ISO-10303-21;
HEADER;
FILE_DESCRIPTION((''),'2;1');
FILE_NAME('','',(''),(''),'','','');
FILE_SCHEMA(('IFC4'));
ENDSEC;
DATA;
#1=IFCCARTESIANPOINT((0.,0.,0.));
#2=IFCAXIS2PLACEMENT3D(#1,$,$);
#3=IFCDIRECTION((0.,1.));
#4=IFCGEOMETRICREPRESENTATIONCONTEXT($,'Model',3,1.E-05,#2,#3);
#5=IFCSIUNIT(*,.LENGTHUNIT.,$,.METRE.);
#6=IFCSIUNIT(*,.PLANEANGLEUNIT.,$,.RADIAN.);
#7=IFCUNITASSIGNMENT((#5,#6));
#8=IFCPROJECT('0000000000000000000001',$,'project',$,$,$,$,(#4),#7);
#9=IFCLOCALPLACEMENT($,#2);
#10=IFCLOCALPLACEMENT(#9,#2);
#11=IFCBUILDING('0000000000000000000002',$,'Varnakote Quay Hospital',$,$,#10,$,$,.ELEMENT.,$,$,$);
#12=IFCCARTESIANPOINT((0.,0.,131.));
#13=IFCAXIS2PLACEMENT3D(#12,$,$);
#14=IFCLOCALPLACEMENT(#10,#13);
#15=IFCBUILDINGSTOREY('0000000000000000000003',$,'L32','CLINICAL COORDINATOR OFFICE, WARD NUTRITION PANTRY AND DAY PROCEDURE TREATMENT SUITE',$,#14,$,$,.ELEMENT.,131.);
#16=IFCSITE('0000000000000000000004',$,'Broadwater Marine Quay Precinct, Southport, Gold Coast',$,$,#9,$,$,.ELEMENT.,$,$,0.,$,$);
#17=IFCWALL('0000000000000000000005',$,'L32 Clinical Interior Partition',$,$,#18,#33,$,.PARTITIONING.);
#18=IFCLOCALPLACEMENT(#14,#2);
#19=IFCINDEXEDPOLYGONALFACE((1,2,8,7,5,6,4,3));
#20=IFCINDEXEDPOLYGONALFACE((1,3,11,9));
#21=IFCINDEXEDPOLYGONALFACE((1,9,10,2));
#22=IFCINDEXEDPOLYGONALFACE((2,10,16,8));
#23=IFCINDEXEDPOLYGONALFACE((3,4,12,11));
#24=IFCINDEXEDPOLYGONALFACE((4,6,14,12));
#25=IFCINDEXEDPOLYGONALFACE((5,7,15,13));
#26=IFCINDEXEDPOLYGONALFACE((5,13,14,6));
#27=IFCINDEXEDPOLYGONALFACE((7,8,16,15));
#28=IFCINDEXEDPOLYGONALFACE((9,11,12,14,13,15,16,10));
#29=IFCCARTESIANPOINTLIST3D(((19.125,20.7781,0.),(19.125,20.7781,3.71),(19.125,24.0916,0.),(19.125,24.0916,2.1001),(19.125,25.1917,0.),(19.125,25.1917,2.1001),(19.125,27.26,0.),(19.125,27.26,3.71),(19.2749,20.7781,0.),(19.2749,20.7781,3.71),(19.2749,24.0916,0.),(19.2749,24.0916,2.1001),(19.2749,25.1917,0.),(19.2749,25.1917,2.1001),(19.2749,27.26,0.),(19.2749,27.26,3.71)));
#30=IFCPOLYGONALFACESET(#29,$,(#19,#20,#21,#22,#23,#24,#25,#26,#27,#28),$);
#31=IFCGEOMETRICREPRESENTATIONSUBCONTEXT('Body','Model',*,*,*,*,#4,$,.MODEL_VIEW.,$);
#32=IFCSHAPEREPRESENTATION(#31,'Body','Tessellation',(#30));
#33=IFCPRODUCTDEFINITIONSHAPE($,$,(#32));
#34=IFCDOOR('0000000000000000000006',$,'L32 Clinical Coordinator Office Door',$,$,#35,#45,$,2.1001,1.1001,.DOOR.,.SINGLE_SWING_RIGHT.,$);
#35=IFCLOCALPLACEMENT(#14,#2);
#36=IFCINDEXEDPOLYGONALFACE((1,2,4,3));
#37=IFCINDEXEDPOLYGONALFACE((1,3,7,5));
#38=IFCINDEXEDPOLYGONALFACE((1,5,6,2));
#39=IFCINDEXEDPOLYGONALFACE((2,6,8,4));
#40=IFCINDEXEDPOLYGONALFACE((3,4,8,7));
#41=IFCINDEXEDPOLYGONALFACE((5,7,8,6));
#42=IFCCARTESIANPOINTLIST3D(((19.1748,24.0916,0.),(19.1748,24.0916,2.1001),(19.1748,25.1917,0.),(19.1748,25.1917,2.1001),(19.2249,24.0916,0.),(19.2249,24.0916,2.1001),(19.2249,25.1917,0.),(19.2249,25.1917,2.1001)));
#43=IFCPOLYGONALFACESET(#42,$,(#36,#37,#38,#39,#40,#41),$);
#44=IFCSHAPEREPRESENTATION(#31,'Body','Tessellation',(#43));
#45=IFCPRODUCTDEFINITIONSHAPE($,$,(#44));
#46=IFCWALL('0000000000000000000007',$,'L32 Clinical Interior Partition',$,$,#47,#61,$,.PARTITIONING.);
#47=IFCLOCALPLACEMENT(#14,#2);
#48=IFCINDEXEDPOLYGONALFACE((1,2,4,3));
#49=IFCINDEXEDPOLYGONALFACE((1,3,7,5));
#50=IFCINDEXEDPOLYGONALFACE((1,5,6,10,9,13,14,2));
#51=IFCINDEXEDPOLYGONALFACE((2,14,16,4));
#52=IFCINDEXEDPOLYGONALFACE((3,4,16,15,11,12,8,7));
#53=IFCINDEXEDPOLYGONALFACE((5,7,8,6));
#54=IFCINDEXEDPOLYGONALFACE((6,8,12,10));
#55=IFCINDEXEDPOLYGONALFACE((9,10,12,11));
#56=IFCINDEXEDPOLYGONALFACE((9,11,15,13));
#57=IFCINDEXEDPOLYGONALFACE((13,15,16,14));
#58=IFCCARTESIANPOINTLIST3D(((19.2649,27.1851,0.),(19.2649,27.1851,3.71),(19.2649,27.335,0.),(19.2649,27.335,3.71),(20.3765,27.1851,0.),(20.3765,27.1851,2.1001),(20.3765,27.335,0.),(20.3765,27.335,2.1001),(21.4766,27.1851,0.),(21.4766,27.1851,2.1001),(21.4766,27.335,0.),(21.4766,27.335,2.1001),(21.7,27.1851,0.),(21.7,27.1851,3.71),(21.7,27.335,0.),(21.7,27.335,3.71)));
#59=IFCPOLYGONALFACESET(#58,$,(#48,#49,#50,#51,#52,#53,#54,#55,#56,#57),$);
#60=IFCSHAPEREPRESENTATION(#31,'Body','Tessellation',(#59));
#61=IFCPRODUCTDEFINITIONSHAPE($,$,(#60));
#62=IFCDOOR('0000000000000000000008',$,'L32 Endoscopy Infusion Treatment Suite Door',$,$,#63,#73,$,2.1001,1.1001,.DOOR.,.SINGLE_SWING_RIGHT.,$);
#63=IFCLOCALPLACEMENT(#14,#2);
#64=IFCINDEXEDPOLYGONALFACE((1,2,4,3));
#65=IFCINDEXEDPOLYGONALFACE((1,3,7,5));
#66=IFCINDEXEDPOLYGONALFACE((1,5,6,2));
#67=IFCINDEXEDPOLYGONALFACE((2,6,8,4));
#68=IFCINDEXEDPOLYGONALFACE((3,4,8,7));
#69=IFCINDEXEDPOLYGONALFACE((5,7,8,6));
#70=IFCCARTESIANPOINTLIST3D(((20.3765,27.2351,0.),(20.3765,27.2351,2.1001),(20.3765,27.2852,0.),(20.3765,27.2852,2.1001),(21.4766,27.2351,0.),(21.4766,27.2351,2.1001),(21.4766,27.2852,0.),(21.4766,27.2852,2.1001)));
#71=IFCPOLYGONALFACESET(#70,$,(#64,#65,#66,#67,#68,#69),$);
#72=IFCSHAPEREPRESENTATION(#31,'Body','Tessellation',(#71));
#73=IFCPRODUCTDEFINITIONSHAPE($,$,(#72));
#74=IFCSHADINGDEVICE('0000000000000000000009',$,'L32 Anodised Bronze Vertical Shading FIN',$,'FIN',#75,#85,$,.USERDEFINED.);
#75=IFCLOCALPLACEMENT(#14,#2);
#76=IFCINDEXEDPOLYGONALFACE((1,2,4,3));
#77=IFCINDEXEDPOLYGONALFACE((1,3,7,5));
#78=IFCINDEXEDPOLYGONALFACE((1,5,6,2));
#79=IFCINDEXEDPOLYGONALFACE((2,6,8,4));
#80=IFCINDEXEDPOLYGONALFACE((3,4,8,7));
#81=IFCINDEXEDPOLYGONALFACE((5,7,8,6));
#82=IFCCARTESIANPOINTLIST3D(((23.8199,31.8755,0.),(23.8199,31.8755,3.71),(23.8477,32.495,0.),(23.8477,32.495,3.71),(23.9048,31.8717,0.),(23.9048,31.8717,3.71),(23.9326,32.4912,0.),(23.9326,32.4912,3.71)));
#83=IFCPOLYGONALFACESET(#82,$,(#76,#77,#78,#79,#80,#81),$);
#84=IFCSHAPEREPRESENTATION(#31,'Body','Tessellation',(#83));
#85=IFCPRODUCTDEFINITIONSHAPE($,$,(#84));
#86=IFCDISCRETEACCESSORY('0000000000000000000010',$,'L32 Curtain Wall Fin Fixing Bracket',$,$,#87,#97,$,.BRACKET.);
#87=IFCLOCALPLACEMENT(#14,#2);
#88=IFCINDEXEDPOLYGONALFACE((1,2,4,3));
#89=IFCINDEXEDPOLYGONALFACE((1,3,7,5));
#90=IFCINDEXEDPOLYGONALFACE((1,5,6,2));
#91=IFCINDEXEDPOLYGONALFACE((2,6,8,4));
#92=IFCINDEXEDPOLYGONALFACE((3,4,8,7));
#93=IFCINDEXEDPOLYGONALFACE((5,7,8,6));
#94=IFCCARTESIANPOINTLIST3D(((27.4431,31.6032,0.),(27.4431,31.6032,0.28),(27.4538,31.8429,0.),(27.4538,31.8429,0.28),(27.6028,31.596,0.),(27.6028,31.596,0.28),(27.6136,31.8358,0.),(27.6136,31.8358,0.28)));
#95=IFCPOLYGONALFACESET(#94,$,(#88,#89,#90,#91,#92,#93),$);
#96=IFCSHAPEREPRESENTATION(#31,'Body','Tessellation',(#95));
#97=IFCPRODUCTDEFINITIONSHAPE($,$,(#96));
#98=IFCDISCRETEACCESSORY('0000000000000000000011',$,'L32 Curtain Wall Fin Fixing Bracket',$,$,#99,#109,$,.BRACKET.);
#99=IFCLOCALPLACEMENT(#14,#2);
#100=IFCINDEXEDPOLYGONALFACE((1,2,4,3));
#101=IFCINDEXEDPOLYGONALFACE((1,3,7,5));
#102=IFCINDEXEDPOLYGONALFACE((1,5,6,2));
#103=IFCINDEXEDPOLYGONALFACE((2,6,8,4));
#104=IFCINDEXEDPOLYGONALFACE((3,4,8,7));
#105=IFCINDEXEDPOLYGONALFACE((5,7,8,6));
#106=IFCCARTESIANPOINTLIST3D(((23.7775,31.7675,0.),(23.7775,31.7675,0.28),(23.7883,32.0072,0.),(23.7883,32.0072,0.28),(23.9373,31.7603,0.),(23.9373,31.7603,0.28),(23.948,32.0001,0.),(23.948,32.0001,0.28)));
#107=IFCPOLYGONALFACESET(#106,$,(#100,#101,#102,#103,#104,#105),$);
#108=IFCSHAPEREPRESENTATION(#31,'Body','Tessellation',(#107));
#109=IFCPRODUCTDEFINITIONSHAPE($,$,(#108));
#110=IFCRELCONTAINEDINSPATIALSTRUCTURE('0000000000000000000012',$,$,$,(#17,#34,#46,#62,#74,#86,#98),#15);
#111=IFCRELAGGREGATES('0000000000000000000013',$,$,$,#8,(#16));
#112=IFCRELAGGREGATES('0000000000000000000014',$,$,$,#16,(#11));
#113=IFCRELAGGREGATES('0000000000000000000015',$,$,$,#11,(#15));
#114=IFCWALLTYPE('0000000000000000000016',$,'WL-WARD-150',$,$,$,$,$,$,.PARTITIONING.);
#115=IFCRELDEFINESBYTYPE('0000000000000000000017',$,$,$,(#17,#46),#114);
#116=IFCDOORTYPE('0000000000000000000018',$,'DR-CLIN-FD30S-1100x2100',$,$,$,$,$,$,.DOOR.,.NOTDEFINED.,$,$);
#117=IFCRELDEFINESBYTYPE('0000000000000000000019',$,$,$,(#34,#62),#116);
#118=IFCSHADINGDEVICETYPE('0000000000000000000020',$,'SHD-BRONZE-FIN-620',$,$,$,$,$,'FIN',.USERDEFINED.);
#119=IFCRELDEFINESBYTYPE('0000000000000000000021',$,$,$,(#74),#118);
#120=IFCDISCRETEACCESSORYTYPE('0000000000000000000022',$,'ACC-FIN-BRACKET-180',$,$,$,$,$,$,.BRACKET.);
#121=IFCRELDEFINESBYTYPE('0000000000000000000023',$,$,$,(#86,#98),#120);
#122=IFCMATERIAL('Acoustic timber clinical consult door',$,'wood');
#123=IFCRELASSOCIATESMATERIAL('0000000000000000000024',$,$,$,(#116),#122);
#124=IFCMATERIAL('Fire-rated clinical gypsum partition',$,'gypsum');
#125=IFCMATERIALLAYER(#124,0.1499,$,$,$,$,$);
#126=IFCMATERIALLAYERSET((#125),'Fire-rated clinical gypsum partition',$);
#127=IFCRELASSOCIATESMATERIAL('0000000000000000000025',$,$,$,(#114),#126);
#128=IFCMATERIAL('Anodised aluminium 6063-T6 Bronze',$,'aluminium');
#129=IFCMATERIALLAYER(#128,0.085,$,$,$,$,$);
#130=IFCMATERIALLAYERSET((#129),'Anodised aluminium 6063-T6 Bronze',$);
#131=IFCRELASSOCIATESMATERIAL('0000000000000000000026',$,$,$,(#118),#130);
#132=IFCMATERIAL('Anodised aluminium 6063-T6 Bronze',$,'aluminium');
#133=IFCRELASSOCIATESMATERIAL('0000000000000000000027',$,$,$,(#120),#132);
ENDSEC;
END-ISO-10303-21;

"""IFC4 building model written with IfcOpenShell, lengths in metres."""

from ifc_helpers import new_model, si_unit, direction, frame, frame_2d, origin, origin_2d, place, context, subcontext, project, spatial, rectangle, extrude, material, layer, layer_set, type_object, element, fill, save


model = new_model("IFC4")

# Units and contexts
model_context = context("Model", 3, precision=1e-05, world=origin(), true_north=direction((0.0, 1.0)))
body_context = subcontext(model_context, "Body", "Model", "MODEL_VIEW")
ifc_project = project(units=[si_unit("LENGTHUNIT", "METRE"), si_unit("PLANEANGLEUNIT", "RADIAN")], contexts=[model_context])

# Site, building, storey
site_placement = place(None, origin())
site = spatial("IfcSite", under=ifc_project, at=site_placement, Name="Broadwater Marine Quay Precinct, Southport, Gold Coast", CompositionType="ELEMENT", RefElevation=0.0)
building_placement = place(site_placement, origin())
building = spatial("IfcBuilding", under=site, at=building_placement, Name="Varnakote Quay Hospital", CompositionType="ELEMENT")
storey_placement = place(building_placement, frame((0.0, 0.0, 131.0)))
storey = spatial("IfcBuildingStorey", under=building, at=storey_placement, Name="L32", Description="CLINICAL COORDINATOR OFFICE, WARD NUTRITION PANTRY AND DAY PROCEDURE TREATMENT SUITE", CompositionType="ELEMENT", Elevation=131.0)

# Shared definitions
ifc_material_1 = material(Name="Acoustic timber clinical consult door", Category="wood")
door_type = type_object("IfcDoorType", Name="DR-CLIN-FD30S-1100x2100", OperationType="NOTDEFINED", PredefinedType="DOOR", material=ifc_material_1)

# Walls, openings, doors
ifc_material_2 = material(Name="Fire-rated clinical gypsum partition", Category="gypsum")
ifc_layer_1 = layer(ifc_material_2, 0.1499)
ifc_layer_set_1 = layer_set([ifc_layer_1], Name="Fire-rated clinical gypsum partition")
wall_type_1 = type_object("IfcWallType", Name="WL-WARD-150", PredefinedType="PARTITIONING", material=ifc_layer_set_1)
wall_1_placement = place(storey_placement, frame((19.2, 27.26, 0.0), z_axis=(0.0, 0.0, 1.0), x_axis=(0.0, -1.0, 0.0)))
wall_1 = element("IfcWall", 1, at=wall_1_placement, inside=storey, type_object=wall_type_1, Name="L32 Clinical Interior Partition", PredefinedType="PARTITIONING", context=body_context, shape_type="SweptSolid", body=[
    extrude(rectangle(XDim=6.4819, YDim=0.1499, at=frame_2d((3.241, 0.0))), origin(), (0.0, 0.0, 1.0), 3.71),
])
opening_1_placement = place(wall_1_placement, frame((2.0684, 0.0, 0.0)))
opening_1 = element("IfcOpeningElement", 2, at=opening_1_placement, cuts=wall_1, PredefinedType="OPENING", context=body_context, shape_type="SweptSolid", body=[
    extrude(rectangle(XDim=1.1001, YDim=2.1001, at=frame_2d((0.55, 1.05))), frame((0.0, 0.085, 0.0), z_axis=(0.0, -1.0, 0.0), x_axis=(1.0, 0.0, 0.0)), (0.0, 0.0, 1.0), 0.1699),
])
door_1_placement = place(opening_1_placement, origin())
door_1 = element("IfcDoor", 3, at=door_1_placement, inside=storey, type_object=door_type, Name="L32 Clinical Coordinator Office Door", OperationType="SINGLE_SWING_RIGHT", OverallHeight=2.1001, OverallWidth=1.1001, PredefinedType="DOOR", context=body_context, shape_type="SweptSolid", body=[
    extrude(rectangle(XDim=1.1001, YDim=2.1001, at=frame_2d((0.55, 1.05))), frame((0.0, 0.0249, 0.0), z_axis=(0.0, -1.0, 0.0), x_axis=(1.0, 0.0, 0.0)), (0.0, 0.0, 1.0), 0.05),
])
fill(opening_1, door_1)
wall_2_placement = place(storey_placement, frame((21.7, 27.26, 0.0), z_axis=(0.0, 0.0, 1.0), x_axis=(-1.0, 0.0, 0.0)))
wall_2 = element("IfcWall", 4, at=wall_2_placement, inside=storey, type_object=wall_type_1, Name="L32 Clinical Interior Partition", PredefinedType="PARTITIONING", context=body_context, shape_type="SweptSolid", body=[
    extrude(rectangle(XDim=2.4351, YDim=0.1499, at=frame_2d((1.2175, 0.0))), origin(), (0.0, 0.0, 1.0), 3.71),
])
opening_2_placement = place(wall_2_placement, frame((0.2234, 0.0, 0.0)))
opening_2 = element("IfcOpeningElement", 5, at=opening_2_placement, cuts=wall_2, PredefinedType="OPENING", context=body_context, shape_type="SweptSolid", body=[
    extrude(rectangle(XDim=1.1001, YDim=2.1001, at=frame_2d((0.55, 1.05))), frame((0.0, 0.085, 0.0), z_axis=(0.0, -1.0, 0.0), x_axis=(1.0, 0.0, 0.0)), (0.0, 0.0, 1.0), 0.1699),
])
door_2_placement = place(opening_2_placement, origin())
door_2 = element("IfcDoor", 6, at=door_2_placement, inside=storey, type_object=door_type, Name="L32 Endoscopy Infusion Treatment Suite Door", OperationType="SINGLE_SWING_RIGHT", OverallHeight=2.1001, OverallWidth=1.1001, PredefinedType="DOOR", context=body_context, shape_type="SweptSolid", body=[
    extrude(rectangle(XDim=1.1001, YDim=2.1001, at=frame_2d((0.55, 1.05))), frame((0.0, 0.0249, 0.0), z_axis=(0.0, -1.0, 0.0), x_axis=(1.0, 0.0, 0.0)), (0.0, 0.0, 1.0), 0.05),
])
fill(opening_2, door_2)

# Shading device
ifc_material_3 = material(Name="Anodised aluminium 6063-T6 Bronze", Category="aluminium")
ifc_layer_2 = layer(ifc_material_3, 0.085)
ifc_layer_set_2 = layer_set([ifc_layer_2], Name="Anodised aluminium 6063-T6 Bronze")
shading_device_type = type_object("IfcShadingDeviceType", Name="SHD-BRONZE-FIN-620", ElementType="FIN", PredefinedType="USERDEFINED", material=ifc_layer_set_2)
shading_device_placement = place(storey_placement, frame((23.8762, 32.1833, 0.0), z_axis=(0.0, 0.0, 1.0), x_axis=(-0.04484, -0.998994, 0.0)))
element("IfcShadingDevice", 7, at=shading_device_placement, inside=storey, type_object=shading_device_type, Name="L32 Anodised Bronze Vertical Shading FIN", ObjectType="FIN", PredefinedType="USERDEFINED", context=body_context, shape_type="SweptSolid", body=[
    extrude(rectangle(XDim=0.6201, YDim=0.085, at=origin_2d()), origin(), (0.0, 0.0, 1.0), 3.71),
])

# Discrete accessories
ifc_material_4 = material(Name="Anodised aluminium 6063-T6 Bronze", Category="aluminium")
discrete_accessory_type = type_object("IfcDiscreteAccessoryType", Name="ACC-FIN-BRACKET-180", PredefinedType="BRACKET", material=ifc_material_4)
for number, where, z_axis, x_axis, name in (
    (8, (27.5283, 31.7195, 0.0), (0.0, 0.0, 1.0), (-0.998994, 0.04484, 0.0), "L32 Curtain Wall Fin Fixing Bracket"),
    (9, (23.8628, 31.8838, 0.0), (0.0, 0.0, 1.0), (-0.998994, 0.04484, 0.0), "L32 Curtain Wall Fin Fixing Bracket"),
):
    element("IfcDiscreteAccessory", number, at=place(storey_placement, frame(where, z_axis=z_axis, x_axis=x_axis)), inside=storey, type_object=discrete_accessory_type, Name=name, PredefinedType="BRACKET", context=body_context, shape_type="SweptSolid", body=[
        extrude(rectangle(XDim=0.1599, YDim=0.24, at=origin_2d()), origin(), (0.0, 0.0, 1.0), 0.28),
    ])

save(model, "model.ifc")
